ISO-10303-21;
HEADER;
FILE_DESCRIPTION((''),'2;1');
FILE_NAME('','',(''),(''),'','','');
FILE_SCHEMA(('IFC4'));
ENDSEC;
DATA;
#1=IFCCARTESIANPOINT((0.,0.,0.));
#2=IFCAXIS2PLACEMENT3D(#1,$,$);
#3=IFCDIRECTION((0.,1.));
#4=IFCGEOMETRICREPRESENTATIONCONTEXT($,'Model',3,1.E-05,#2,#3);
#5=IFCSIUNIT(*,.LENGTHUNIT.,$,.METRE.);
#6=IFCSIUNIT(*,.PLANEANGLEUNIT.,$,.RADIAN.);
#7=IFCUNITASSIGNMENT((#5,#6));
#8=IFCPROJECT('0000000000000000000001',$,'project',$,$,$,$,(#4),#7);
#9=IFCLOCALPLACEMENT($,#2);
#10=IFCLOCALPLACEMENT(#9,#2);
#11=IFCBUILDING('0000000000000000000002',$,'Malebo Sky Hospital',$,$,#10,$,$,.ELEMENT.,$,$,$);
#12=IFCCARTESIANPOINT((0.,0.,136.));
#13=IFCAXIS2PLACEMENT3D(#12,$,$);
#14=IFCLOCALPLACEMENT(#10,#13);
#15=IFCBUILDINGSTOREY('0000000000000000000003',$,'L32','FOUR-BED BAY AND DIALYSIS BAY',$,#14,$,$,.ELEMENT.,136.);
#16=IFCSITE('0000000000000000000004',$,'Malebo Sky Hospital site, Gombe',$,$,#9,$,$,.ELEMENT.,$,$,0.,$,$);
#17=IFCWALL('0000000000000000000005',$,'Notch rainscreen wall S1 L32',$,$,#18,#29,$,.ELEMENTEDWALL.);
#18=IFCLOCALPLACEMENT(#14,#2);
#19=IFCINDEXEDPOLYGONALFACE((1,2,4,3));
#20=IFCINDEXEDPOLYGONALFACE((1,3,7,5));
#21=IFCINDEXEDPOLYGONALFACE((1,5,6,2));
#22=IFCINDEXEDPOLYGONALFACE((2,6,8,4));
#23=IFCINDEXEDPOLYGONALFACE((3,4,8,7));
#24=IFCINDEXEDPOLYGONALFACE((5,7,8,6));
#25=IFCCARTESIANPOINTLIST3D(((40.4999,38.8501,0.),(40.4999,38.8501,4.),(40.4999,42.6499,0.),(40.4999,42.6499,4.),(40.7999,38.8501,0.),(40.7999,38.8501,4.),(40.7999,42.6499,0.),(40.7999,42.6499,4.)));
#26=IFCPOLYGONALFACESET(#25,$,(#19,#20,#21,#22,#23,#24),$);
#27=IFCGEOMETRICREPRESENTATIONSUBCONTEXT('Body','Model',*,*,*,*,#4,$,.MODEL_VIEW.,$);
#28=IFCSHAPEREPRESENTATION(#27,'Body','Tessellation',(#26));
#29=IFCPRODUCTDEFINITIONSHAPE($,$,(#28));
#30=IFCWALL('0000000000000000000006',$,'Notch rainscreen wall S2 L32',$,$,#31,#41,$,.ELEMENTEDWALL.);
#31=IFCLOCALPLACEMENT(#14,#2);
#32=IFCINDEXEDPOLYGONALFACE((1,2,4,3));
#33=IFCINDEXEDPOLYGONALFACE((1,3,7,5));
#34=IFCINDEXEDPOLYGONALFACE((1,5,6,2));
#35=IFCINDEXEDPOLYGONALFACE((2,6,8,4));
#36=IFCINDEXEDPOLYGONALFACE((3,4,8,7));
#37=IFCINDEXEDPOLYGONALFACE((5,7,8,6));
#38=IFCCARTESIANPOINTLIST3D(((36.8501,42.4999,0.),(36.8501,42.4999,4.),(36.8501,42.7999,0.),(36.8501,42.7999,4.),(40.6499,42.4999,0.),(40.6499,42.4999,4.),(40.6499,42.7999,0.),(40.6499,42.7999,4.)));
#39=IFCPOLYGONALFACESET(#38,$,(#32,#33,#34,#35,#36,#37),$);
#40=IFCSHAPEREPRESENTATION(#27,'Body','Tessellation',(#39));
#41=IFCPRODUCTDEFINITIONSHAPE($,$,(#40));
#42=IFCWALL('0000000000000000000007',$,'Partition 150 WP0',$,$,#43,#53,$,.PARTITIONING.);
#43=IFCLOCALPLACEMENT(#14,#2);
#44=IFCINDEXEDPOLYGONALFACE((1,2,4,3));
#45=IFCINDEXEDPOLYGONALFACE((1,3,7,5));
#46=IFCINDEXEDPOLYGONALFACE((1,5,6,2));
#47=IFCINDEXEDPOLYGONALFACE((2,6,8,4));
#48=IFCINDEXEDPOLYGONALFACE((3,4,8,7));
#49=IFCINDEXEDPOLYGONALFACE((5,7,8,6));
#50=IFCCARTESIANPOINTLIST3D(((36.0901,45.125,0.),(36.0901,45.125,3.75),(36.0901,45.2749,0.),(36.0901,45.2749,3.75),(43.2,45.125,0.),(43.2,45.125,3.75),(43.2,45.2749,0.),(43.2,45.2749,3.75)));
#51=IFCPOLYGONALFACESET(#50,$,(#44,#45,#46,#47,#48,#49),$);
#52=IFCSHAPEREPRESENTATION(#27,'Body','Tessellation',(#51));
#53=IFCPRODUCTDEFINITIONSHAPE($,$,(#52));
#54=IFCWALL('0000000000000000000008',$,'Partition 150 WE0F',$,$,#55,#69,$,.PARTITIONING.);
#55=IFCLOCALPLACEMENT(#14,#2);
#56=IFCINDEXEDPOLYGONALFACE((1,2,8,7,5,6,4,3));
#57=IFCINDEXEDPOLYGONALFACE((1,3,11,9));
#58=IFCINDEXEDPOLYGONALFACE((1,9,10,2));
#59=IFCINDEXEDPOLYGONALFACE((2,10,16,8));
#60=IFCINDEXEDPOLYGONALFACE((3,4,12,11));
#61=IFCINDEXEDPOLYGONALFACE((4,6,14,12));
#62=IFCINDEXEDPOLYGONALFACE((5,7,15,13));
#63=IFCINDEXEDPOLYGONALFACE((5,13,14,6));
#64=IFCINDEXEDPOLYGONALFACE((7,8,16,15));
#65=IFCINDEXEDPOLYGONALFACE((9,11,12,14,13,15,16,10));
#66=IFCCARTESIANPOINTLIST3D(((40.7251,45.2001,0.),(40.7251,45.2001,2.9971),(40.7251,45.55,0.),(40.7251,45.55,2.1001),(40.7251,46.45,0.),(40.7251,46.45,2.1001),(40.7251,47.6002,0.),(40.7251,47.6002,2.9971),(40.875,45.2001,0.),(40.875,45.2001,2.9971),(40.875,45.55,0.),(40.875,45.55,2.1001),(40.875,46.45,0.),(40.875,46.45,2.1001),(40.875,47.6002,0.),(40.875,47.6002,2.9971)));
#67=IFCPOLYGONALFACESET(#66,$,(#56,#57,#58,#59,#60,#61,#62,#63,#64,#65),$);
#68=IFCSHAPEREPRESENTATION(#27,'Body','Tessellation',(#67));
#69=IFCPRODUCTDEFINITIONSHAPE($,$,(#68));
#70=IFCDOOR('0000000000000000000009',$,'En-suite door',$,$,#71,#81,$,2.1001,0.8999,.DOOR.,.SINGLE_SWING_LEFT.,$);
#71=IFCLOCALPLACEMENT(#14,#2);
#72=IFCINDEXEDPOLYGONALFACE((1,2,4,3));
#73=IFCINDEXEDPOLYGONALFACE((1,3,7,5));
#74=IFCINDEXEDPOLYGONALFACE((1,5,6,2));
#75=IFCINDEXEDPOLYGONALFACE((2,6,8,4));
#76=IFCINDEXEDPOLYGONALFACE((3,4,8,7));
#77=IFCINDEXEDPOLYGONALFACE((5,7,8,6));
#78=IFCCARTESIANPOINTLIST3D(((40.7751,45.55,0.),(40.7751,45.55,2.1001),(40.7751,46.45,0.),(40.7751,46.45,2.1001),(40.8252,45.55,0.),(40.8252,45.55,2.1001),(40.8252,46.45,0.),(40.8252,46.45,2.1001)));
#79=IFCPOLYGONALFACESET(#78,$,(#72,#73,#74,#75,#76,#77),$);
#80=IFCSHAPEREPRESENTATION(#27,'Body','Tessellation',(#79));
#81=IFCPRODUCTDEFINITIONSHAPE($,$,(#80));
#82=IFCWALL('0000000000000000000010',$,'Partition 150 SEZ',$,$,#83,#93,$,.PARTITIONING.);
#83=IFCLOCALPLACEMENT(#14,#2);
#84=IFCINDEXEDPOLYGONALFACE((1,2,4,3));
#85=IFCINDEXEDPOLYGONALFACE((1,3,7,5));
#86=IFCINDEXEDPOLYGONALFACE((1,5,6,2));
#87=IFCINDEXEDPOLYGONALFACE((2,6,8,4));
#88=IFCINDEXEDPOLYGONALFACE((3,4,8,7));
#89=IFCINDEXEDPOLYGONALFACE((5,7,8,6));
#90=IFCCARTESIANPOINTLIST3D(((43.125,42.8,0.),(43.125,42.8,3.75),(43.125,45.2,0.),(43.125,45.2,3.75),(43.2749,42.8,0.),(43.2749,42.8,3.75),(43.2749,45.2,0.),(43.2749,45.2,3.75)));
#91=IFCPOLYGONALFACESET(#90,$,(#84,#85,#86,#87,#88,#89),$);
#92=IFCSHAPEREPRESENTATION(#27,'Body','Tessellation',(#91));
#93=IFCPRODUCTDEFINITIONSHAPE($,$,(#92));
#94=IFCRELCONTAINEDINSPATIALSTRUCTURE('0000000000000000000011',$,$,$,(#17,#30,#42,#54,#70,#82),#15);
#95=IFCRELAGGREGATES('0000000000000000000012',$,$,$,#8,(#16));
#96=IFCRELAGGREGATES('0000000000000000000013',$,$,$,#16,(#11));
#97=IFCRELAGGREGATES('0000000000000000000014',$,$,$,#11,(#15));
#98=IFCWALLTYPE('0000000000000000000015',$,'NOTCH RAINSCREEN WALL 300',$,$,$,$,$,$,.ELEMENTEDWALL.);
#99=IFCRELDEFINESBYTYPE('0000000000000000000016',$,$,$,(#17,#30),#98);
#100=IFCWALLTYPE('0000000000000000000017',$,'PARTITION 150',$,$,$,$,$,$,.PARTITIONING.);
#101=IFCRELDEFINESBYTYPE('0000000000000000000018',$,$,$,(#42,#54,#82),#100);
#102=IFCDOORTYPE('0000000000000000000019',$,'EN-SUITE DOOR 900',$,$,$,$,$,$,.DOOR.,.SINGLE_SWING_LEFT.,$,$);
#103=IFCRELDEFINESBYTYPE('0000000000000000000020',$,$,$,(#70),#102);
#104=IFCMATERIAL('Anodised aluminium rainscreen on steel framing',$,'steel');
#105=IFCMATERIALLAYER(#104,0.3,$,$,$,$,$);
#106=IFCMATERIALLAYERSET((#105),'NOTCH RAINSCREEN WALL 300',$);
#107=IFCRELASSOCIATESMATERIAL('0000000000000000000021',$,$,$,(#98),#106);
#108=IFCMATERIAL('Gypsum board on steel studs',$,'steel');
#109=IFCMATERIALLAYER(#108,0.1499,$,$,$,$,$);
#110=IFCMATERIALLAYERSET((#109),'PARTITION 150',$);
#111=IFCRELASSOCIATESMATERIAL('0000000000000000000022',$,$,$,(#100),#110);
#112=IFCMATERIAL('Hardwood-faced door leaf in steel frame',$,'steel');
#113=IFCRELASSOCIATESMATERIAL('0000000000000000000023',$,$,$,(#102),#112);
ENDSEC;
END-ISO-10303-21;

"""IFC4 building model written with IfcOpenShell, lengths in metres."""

from ifc_helpers import new_model, si_unit, direction, frame, frame_2d, origin, place, context, subcontext, project, spatial, rectangle, extrude, material, layer, layer_set, type_object, element, fill, save


model = new_model("IFC4")

# Units and contexts
model_context = context("Model", 3, precision=1e-05, world=origin(), true_north=direction((0.0, 1.0)))
body_context = subcontext(model_context, "Body", "Model", "MODEL_VIEW")
ifc_project = project(units=[si_unit("LENGTHUNIT", "METRE"), si_unit("PLANEANGLEUNIT", "RADIAN")], contexts=[model_context])

# Site, building, storey
site_placement = place(None, origin())
site = spatial("IfcSite", under=ifc_project, at=site_placement, Name="Malebo Sky Hospital site, Gombe", CompositionType="ELEMENT", RefElevation=0.0)
building_placement = place(site_placement, origin())
building = spatial("IfcBuilding", under=site, at=building_placement, Name="Malebo Sky Hospital", CompositionType="ELEMENT")
storey_placement = place(building_placement, frame((0.0, 0.0, 136.0)))
storey = spatial("IfcBuildingStorey", under=building, at=storey_placement, Name="L32", Description="FOUR-BED BAY AND DIALYSIS BAY", CompositionType="ELEMENT", Elevation=136.0)

# Shared definitions
ifc_material_1 = material(Name="Gypsum board on steel studs", Category="steel")
ifc_material_2 = material(Name="Hardwood-faced door leaf in steel frame", Category="steel")

# Walls
ifc_material_3 = material(Name="Anodised aluminium rainscreen on steel framing", Category="steel")
ifc_layer_1 = layer(ifc_material_3, 0.3)
ifc_layer_set_1 = layer_set([ifc_layer_1], Name="NOTCH RAINSCREEN WALL 300")
wall_type_1 = type_object("IfcWallType", Name="NOTCH RAINSCREEN WALL 300", PredefinedType="ELEMENTEDWALL", material=ifc_layer_set_1)
for number, where, z_axis, x_axis, name in (
    (1, (40.6499, 38.8501, 0.0), (0.0, 0.0, 1.0), (0.0, 1.0, 0.0), "Notch rainscreen wall S1 L32"),
    (2, (40.6499, 42.6499, 0.0), (0.0, 0.0, 1.0), (-1.0, 0.0, 0.0), "Notch rainscreen wall S2 L32"),
):
    element("IfcWall", number, at=place(storey_placement, frame(where, z_axis=z_axis, x_axis=x_axis)), inside=storey, type_object=wall_type_1, Name=name, PredefinedType="ELEMENTEDWALL", context=body_context, shape_type="SweptSolid", body=[
        extrude(rectangle(XDim=3.7998, YDim=0.3, at=frame_2d((1.8999, 0.0))), origin(), (0.0, 0.0, 1.0), 4.0),
    ])
ifc_layer_2 = layer(ifc_material_1, 0.1499)
ifc_layer_set_2 = layer_set([ifc_layer_2], Name="PARTITION 150")
wall_type_2 = type_object("IfcWallType", Name="PARTITION 150", PredefinedType="PARTITIONING", material=ifc_layer_set_2)
wall_1_placement = place(storey_placement, frame((43.2, 45.2, 0.0), z_axis=(0.0, 0.0, 1.0), x_axis=(-1.0, 0.0, 0.0)))
element("IfcWall", 3, at=wall_1_placement, inside=storey, type_object=wall_type_2, Name="Partition 150 WP0", PredefinedType="PARTITIONING", context=body_context, shape_type="SweptSolid", body=[
    extrude(rectangle(XDim=7.1099, YDim=0.1499, at=frame_2d((3.5549, 0.0))), origin(), (0.0, 0.0, 1.0), 3.75),
])

# Wall, opening, door
wall_2_placement = place(storey_placement, frame((40.8, 45.2, 0.0), z_axis=(0.0, 0.0, 1.0), x_axis=(0.0, 1.0, 0.0)))
wall_2 = element("IfcWall", 4, at=wall_2_placement, inside=storey, type_object=wall_type_2, Name="Partition 150 WE0F", PredefinedType="PARTITIONING", context=body_context, shape_type="SweptSolid", body=[
    extrude(rectangle(XDim=2.4001, YDim=0.1499, at=frame_2d((1.2002, 0.0))), origin(), (0.0, 0.0, 1.0), 2.9971),
])
opening_1_placement = place(wall_2_placement, frame((0.3501, 0.0, 0.0)))
opening_1 = element("IfcOpeningElement", 5, at=opening_1_placement, cuts=wall_2, PredefinedType="OPENING", context=body_context, shape_type="SweptSolid", body=[
    extrude(rectangle(XDim=0.8999, YDim=2.1001, at=frame_2d((0.45, 1.05))), frame((0.0, 0.085, 0.0), z_axis=(0.0, -1.0, 0.0), x_axis=(1.0, 0.0, 0.0)), (0.0, 0.0, 1.0), 0.1699),
])
door_type_1 = type_object("IfcDoorType", Name="EN-SUITE DOOR 900", OperationType="SINGLE_SWING_LEFT", PredefinedType="DOOR", material=ifc_material_2)
door_1_placement = place(opening_1_placement, origin())
door_1 = element("IfcDoor", 6, at=door_1_placement, inside=storey, type_object=door_type_1, Name="En-suite door", OperationType="SINGLE_SWING_LEFT", OverallHeight=2.1001, OverallWidth=0.8999, PredefinedType="DOOR", context=body_context, shape_type="SweptSolid", body=[
    extrude(rectangle(XDim=0.8999, YDim=2.1001, at=frame_2d((0.45, 1.05))), frame((0.0, 0.0249, 0.0), z_axis=(0.0, -1.0, 0.0), x_axis=(1.0, 0.0, 0.0)), (0.0, 0.0, 1.0), 0.05),
])
fill(opening_1, door_1)

# Wall
wall_3_placement = place(storey_placement, frame((43.2, 45.2, 0.0), z_axis=(0.0, 0.0, 1.0), x_axis=(0.0, -1.0, 0.0)))
element("IfcWall", 7, at=wall_3_placement, inside=storey, type_object=wall_type_2, Name="Partition 150 SEZ", PredefinedType="PARTITIONING", context=body_context, shape_type="SweptSolid", body=[
    extrude(rectangle(XDim=2.3999, YDim=0.1499, at=frame_2d((1.2, 0.0))), origin(), (0.0, 0.0, 1.0), 3.75),
])

save(model, "model.ifc")
